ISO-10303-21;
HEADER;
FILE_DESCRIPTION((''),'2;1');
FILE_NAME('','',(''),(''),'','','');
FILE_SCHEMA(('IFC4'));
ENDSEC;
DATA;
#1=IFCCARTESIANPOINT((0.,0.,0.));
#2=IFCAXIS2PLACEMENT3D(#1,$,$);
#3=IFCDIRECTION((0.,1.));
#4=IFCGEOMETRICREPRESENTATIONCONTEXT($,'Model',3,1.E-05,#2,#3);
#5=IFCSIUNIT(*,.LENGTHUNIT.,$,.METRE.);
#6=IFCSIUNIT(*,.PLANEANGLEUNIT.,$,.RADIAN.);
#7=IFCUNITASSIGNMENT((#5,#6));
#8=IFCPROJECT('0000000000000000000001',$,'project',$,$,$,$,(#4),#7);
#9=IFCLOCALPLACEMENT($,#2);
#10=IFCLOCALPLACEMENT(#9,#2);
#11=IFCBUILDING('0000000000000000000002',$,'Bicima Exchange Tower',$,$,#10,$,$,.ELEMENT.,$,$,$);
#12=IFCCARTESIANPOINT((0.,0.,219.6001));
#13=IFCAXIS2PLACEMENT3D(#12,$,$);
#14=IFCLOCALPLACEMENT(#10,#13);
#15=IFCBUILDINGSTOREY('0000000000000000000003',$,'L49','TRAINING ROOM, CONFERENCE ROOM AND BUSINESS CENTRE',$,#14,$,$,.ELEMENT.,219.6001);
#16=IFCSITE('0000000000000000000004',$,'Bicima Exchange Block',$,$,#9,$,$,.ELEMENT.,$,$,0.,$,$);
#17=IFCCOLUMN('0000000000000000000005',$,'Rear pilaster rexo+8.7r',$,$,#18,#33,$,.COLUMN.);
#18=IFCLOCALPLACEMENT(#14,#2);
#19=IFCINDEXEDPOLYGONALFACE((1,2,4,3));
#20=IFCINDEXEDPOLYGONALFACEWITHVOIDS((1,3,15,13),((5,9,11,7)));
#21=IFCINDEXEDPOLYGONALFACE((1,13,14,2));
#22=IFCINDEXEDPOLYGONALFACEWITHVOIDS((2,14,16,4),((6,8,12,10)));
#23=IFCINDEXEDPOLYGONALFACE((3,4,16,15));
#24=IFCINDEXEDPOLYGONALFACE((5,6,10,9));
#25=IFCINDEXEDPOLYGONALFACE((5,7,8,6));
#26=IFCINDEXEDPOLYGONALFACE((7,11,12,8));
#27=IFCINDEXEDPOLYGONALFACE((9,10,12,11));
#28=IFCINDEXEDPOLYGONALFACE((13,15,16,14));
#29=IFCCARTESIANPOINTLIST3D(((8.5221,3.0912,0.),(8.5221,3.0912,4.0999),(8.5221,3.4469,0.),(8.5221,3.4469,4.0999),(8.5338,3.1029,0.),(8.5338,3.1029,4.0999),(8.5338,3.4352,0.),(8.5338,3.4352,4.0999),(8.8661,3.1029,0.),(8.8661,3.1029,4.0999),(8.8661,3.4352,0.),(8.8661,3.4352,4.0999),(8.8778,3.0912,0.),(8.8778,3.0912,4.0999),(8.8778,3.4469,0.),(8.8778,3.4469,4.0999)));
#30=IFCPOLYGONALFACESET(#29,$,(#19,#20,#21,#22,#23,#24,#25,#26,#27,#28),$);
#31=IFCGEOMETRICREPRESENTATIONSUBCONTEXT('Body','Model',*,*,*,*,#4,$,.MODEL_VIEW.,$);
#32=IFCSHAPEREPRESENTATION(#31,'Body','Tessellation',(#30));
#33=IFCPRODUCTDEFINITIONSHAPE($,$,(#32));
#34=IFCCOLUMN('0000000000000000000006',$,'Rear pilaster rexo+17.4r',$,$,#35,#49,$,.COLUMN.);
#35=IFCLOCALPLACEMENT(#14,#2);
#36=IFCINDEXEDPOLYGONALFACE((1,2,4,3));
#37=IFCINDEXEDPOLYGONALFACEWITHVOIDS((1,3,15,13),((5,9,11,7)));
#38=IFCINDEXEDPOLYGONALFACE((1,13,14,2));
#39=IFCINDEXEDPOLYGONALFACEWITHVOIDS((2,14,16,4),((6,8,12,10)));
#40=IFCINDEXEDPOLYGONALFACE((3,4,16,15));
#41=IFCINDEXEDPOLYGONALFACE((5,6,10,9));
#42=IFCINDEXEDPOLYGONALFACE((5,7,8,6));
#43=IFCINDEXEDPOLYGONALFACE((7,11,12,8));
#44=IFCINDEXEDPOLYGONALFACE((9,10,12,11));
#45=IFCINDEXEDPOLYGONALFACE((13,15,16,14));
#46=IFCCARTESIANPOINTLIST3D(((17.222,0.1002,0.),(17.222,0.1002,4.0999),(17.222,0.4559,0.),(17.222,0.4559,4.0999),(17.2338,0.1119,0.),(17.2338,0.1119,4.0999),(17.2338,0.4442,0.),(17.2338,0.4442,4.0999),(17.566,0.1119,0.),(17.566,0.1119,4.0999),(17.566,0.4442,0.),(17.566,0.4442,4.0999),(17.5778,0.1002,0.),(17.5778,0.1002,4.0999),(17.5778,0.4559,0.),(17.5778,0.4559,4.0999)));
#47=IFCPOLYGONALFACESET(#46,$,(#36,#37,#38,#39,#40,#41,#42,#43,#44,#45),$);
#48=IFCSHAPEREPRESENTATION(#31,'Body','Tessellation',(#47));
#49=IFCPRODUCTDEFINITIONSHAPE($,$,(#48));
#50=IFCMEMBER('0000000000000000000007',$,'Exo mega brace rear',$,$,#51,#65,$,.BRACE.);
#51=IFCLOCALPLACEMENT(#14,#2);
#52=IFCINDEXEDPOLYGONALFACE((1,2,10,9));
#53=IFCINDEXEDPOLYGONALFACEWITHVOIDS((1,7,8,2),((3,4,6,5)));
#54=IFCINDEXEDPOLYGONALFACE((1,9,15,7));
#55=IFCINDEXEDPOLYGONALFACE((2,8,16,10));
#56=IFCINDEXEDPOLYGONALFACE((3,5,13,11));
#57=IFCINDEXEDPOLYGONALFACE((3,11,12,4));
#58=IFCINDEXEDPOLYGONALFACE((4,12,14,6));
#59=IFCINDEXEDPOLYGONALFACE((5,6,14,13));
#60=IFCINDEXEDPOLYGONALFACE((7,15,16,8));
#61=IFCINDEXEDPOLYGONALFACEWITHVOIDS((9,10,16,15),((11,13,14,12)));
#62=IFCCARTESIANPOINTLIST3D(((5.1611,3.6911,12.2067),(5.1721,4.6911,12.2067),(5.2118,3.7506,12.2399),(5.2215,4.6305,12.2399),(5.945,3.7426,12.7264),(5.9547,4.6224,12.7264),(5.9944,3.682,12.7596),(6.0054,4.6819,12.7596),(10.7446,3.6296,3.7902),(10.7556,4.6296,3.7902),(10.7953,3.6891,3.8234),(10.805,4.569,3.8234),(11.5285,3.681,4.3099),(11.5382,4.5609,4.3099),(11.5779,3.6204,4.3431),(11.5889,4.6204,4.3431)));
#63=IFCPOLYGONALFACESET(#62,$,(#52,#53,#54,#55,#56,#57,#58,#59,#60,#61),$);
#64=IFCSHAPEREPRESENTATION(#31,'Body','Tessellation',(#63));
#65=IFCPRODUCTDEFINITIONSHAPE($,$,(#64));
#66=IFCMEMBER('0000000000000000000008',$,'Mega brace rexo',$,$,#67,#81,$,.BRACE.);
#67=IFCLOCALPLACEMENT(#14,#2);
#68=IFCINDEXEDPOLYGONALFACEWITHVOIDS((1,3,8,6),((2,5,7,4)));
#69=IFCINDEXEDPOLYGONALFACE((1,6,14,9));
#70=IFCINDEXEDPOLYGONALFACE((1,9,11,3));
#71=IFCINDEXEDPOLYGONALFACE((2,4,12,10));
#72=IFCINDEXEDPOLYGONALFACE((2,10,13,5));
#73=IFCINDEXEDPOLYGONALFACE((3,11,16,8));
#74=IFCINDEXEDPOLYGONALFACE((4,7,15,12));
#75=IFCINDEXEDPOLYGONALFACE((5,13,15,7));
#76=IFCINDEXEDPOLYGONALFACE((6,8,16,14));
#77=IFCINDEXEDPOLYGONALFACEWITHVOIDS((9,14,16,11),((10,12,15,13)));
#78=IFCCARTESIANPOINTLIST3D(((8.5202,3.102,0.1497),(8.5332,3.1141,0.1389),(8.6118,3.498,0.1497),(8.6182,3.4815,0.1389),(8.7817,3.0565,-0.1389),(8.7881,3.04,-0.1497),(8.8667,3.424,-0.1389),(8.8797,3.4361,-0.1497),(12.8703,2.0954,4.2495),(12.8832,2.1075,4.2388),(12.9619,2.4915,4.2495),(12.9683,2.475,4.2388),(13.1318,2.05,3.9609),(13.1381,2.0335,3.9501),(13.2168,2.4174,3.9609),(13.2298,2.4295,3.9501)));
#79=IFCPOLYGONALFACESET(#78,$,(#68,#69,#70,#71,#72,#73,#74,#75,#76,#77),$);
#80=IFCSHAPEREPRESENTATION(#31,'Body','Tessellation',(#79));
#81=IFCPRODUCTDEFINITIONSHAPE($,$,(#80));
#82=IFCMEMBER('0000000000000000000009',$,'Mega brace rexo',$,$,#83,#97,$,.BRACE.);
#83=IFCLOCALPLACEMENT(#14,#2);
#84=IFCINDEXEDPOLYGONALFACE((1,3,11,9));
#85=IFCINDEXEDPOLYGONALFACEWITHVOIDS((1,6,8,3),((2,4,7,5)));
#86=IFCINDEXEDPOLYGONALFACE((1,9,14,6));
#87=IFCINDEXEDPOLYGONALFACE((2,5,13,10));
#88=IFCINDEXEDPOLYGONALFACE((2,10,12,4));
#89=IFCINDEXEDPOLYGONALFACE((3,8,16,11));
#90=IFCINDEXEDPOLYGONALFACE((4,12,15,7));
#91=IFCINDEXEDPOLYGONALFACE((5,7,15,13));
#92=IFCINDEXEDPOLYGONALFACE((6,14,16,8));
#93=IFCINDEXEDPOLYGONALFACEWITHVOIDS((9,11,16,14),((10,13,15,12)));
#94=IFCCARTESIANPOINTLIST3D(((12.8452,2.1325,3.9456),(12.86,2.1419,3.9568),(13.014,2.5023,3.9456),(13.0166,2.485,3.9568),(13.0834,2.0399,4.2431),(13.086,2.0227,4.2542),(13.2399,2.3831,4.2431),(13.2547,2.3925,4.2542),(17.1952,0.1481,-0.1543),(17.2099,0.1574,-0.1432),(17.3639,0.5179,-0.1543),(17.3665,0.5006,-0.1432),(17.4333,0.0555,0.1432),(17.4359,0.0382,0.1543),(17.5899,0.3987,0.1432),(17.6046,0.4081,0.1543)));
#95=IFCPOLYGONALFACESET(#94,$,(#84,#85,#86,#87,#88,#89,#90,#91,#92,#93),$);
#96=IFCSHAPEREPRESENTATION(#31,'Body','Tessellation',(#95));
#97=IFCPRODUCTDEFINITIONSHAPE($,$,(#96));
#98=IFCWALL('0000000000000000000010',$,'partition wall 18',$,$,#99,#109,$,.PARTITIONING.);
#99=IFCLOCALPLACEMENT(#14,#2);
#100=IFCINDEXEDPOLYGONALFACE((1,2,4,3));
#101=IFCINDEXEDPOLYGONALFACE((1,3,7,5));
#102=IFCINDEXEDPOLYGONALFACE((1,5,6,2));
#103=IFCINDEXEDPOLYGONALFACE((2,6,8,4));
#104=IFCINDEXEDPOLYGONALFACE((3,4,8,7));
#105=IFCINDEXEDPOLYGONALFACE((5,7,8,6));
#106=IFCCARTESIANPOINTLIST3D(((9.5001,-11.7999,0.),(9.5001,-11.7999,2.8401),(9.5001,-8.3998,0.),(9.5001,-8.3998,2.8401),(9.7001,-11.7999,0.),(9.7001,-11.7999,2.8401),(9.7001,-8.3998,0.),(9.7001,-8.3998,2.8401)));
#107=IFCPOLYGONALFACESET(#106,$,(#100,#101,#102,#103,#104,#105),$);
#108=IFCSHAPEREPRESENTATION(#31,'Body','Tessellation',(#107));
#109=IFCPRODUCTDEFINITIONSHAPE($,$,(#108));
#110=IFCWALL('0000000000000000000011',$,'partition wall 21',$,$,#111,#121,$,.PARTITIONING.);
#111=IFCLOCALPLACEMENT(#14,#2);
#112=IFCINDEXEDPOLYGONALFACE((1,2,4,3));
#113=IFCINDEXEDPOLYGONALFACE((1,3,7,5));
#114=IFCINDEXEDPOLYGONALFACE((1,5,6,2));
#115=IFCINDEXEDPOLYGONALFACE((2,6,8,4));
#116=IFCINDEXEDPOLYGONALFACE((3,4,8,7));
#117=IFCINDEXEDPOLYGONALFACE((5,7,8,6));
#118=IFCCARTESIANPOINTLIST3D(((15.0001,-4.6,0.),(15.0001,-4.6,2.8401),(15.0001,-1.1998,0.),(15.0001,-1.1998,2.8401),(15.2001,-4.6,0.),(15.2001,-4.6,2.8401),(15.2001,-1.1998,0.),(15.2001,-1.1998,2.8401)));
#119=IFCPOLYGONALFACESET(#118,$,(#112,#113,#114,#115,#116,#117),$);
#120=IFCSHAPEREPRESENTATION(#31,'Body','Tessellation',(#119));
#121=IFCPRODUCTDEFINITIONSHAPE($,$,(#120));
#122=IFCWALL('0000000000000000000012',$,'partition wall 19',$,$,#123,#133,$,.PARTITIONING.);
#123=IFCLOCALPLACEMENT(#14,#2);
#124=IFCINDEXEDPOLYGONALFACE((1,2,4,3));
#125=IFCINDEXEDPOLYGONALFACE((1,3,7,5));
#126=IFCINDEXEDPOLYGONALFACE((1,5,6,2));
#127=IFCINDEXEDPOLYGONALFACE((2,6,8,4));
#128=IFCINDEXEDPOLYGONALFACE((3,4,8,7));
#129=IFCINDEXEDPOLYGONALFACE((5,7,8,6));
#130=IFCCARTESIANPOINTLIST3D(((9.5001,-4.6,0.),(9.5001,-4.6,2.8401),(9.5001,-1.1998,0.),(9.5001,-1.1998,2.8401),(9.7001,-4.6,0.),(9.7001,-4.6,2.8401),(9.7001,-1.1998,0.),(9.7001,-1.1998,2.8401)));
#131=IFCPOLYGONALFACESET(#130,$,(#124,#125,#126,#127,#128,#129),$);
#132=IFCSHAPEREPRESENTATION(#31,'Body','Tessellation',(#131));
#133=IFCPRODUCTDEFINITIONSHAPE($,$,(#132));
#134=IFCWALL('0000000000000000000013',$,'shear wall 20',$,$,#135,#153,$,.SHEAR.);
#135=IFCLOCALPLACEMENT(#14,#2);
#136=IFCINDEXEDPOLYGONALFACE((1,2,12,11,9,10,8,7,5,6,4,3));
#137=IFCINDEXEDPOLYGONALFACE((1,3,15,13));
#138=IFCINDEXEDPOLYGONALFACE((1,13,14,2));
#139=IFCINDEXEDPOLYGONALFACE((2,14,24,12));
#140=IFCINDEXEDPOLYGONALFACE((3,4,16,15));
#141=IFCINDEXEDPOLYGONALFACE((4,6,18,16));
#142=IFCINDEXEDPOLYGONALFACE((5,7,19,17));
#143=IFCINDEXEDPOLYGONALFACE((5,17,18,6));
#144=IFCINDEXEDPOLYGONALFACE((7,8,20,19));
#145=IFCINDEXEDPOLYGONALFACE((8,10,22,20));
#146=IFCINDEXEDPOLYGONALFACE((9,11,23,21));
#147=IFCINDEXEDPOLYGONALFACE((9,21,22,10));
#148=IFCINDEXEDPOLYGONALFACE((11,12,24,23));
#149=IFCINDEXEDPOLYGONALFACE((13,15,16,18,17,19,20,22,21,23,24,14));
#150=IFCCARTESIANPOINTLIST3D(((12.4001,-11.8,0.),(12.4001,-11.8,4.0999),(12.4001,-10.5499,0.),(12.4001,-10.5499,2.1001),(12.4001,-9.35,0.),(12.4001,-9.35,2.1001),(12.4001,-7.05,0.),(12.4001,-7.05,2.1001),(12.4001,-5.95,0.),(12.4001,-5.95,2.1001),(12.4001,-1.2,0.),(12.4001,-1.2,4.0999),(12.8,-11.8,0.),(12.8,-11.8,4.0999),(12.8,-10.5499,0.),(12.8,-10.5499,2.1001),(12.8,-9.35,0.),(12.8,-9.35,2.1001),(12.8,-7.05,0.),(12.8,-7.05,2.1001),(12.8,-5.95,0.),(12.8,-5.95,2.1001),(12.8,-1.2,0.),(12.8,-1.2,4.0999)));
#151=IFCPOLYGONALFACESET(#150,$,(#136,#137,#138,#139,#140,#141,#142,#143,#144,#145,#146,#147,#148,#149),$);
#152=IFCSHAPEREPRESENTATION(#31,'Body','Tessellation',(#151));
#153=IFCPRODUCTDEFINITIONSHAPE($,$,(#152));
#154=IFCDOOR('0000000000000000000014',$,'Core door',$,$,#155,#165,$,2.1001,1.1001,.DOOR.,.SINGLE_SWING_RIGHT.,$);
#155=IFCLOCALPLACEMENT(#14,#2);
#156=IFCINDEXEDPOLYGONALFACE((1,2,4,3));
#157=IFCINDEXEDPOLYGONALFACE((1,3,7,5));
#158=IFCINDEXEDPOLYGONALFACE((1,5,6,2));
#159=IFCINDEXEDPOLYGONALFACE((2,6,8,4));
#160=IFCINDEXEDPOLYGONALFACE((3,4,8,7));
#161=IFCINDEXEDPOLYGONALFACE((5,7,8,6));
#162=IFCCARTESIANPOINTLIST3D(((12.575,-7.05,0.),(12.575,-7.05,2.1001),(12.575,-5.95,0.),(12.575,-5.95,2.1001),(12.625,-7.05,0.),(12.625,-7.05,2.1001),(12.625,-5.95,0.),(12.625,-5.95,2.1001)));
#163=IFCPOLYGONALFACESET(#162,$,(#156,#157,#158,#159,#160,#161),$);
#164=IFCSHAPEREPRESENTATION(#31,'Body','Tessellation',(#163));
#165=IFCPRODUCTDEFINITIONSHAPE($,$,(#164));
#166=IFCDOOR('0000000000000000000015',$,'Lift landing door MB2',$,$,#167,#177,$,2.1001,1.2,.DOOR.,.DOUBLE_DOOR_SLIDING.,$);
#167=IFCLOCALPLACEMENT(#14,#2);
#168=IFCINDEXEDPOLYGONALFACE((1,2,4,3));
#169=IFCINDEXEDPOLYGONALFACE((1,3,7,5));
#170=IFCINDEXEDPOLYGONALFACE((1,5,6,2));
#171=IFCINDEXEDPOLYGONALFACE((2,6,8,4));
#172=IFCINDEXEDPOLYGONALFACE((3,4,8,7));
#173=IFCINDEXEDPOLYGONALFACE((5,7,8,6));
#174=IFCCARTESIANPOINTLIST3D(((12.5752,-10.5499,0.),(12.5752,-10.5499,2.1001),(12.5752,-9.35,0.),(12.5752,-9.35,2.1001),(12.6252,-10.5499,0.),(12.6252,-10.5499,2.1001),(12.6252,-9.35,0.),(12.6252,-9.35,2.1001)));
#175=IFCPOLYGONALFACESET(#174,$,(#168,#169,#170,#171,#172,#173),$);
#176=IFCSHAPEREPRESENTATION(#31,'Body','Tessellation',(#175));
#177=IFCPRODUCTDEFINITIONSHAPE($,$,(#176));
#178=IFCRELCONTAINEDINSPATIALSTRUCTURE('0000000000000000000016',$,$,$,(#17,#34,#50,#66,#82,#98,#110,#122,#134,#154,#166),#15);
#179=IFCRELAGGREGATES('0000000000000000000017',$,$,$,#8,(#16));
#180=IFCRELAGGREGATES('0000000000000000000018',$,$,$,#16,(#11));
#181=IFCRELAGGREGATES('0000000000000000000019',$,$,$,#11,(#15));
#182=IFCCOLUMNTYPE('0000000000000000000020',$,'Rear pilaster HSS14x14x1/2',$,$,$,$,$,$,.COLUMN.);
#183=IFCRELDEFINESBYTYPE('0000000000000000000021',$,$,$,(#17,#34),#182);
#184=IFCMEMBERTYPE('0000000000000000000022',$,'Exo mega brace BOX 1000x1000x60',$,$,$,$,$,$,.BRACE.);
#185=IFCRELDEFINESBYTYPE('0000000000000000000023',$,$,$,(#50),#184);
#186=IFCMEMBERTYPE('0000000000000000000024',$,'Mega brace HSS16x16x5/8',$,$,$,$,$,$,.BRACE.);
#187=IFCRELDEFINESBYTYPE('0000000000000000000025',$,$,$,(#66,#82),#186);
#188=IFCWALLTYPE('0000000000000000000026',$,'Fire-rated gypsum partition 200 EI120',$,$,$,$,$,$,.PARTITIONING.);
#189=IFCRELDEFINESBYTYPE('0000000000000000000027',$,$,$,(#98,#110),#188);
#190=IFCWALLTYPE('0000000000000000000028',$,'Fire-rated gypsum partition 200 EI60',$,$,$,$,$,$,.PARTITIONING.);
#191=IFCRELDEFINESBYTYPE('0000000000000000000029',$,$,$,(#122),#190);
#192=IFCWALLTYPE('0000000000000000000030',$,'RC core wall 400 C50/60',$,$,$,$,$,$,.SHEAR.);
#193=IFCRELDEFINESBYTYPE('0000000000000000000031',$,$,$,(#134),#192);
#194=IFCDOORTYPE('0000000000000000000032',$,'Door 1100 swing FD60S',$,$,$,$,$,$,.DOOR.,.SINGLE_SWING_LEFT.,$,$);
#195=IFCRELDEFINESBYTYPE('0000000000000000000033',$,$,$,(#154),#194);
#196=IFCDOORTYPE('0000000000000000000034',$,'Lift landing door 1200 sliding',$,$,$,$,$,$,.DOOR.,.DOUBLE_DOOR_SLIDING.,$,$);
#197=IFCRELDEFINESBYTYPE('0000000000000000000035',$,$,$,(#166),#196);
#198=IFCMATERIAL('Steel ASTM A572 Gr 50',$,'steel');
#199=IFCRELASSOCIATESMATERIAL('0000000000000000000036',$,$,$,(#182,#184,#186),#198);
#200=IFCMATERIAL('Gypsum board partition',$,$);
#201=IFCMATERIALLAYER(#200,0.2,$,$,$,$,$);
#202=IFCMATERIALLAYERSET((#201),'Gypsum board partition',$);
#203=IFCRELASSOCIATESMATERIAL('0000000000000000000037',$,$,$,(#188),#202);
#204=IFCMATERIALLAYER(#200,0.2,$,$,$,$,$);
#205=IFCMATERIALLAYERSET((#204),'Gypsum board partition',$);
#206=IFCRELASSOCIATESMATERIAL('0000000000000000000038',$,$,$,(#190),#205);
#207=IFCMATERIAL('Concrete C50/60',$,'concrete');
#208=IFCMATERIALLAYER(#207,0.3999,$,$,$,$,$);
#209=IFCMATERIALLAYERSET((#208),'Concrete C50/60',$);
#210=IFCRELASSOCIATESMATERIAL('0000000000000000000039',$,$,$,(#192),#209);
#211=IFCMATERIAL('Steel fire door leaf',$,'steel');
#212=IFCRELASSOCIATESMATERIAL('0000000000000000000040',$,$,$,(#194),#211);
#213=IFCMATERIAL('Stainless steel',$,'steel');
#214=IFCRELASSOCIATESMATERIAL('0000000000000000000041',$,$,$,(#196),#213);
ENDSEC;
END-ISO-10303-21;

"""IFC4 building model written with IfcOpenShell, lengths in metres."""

from ifc_helpers import new_model, si_unit, direction, frame, frame_2d, origin, origin_2d, place, context, subcontext, project, spatial, rectangle, hollow_rectangle, extrude, material, layer, layer_set, material_profile, profile_set, type_object, element, fill, save


model = new_model("IFC4")

# Units and contexts
model_context = context("Model", 3, precision=1e-05, world=origin(), true_north=direction((0.0, 1.0)))
body_context = subcontext(model_context, "Body", "Model", "MODEL_VIEW")
ifc_project = project(units=[si_unit("LENGTHUNIT", "METRE"), si_unit("PLANEANGLEUNIT", "RADIAN")], contexts=[model_context])

# Site, building, storey
site_placement = place(None, origin())
site = spatial("IfcSite", under=ifc_project, at=site_placement, Name="Bicima Exchange Block", CompositionType="ELEMENT", RefElevation=0.0)
building_placement = place(site_placement, origin())
building = spatial("IfcBuilding", under=site, at=building_placement, Name="Bicima Exchange Tower", CompositionType="ELEMENT")
storey_placement = place(building_placement, frame((0.0, 0.0, 219.6001)))
storey = spatial("IfcBuildingStorey", under=building, at=storey_placement, Name="L49", Description="TRAINING ROOM, CONFERENCE ROOM AND BUSINESS CENTRE", CompositionType="ELEMENT", Elevation=219.6001)

# Columns
ifc_material_1 = material(Name="Steel ASTM A572 Gr 50", Category="steel")
ifc_material_profile_1 = material_profile(ifc_material_1, hollow_rectangle(XDim=0.3557, YDim=0.3557, WallThickness=0.0117, at=origin_2d()))
ifc_profile_set_1 = profile_set([ifc_material_profile_1], Name="Steel ASTM A572 Gr 50")
column_type = type_object("IfcColumnType", Name="Rear pilaster HSS14x14x1/2", PredefinedType="COLUMN", material=ifc_profile_set_1)
for number, where, z_axis, x_axis, name in (
    (1, (8.7, 3.269, 0.0), (0.0, 0.0, 1.0), (1.0, 0.0, 0.0), "Rear pilaster rexo+8.7r"),
    (2, (17.3999, 0.2781, 0.0), (0.0, 0.0, 1.0), (1.0, 0.0, 0.0), "Rear pilaster rexo+17.4r"),
):
    element("IfcColumn", number, at=place(storey_placement, frame(where, z_axis=z_axis, x_axis=x_axis)), inside=storey, type_object=column_type, Name=name, PredefinedType="COLUMN", context=body_context, shape_type="SweptSolid", body=[
        extrude(hollow_rectangle(XDim=0.3557, YDim=0.3557, WallThickness=0.0117, at=origin_2d()), origin(), (0.0, 0.0, 1.0), 4.0999),
    ])

# Members
ifc_material_profile_2 = material_profile(ifc_material_1, hollow_rectangle(XDim=1.0, YDim=1.0, WallThickness=0.0601, at=origin_2d()))
ifc_profile_set_2 = profile_set([ifc_material_profile_2], Name="Steel ASTM A572 Gr 50")
member_type_1 = type_object("IfcMemberType", Name="Exo mega brace BOX 1000x1000x60", PredefinedType="BRACE", material=ifc_profile_set_2)
member_1_placement = place(storey_placement, frame((11.1667, 4.125, 4.0667), z_axis=(-0.552803, 0.006091, 0.83329), x_axis=(-0.011018, -0.999939, 0.0)))
element("IfcMember", 3, at=member_1_placement, inside=storey, type_object=member_type_1, Name="Exo mega brace rear", PredefinedType="BRACE", context=body_context, shape_type="SweptSolid", body=[
    extrude(hollow_rectangle(XDim=1.0, YDim=1.0, WallThickness=0.0601, at=origin_2d()), origin(), (0.0, 0.0, 1.0), 10.1003),
])
ifc_material_profile_3 = material_profile(ifc_material_1, hollow_rectangle(XDim=0.4065, YDim=0.4065, WallThickness=0.0146, at=origin_2d()))
ifc_profile_set_3 = profile_set([ifc_material_profile_3], Name="Steel ASTM A572 Gr 50")
member_type_2 = type_object("IfcMemberType", Name="Mega brace HSS16x16x5/8", PredefinedType="BRACE", material=ifc_profile_set_3)
member_2_placement = place(storey_placement, frame((8.7, 3.269, 0.0), z_axis=(0.717625, -0.166055, 0.676343), x_axis=(0.225439, 0.974257, 0.0)))
element("IfcMember", 4, at=member_2_placement, inside=storey, type_object=member_type_2, Name="Mega brace rexo", PredefinedType="BRACE", context=body_context, shape_type="SweptSolid", body=[
    extrude(hollow_rectangle(XDim=0.4065, YDim=0.4065, WallThickness=0.0146, at=origin_2d()), origin(), (0.0, 0.0, 1.0), 6.0618),
])
member_3_placement = place(storey_placement, frame((17.3999, 0.2781, 0.0), z_axis=(-0.690646, 0.315068, 0.650953), x_axis=(-0.415045, -0.909801, 0.0)))
element("IfcMember", 5, at=member_3_placement, inside=storey, type_object=member_type_2, Name="Mega brace rexo", PredefinedType="BRACE", context=body_context, shape_type="SweptSolid", body=[
    extrude(hollow_rectangle(XDim=0.4065, YDim=0.4065, WallThickness=0.0146, at=origin_2d()), origin(), (0.0, 0.0, 1.0), 6.2983),
])

# Walls
ifc_material_2 = material(Name="Gypsum board partition")
ifc_layer_1 = layer(ifc_material_2, 0.2)
ifc_layer_set_1 = layer_set([ifc_layer_1], Name="Gypsum board partition")
wall_type_1 = type_object("IfcWallType", Name="Fire-rated gypsum partition 200 EI120", PredefinedType="PARTITIONING", material=ifc_layer_set_1)
for number, where, z_axis, x_axis, name in (
    (6, (9.6001, -11.8, 0.0), (0.0, 0.0, 1.0), (0.0, 1.0, 0.0), "partition wall 18"),
    (7, (15.1001, -4.6001, 0.0), (0.0, 0.0, 1.0), (0.0, 1.0, 0.0), "partition wall 21"),
):
    element("IfcWall", number, at=place(storey_placement, frame(where, z_axis=z_axis, x_axis=x_axis)), inside=storey, type_object=wall_type_1, Name=name, PredefinedType="PARTITIONING", context=body_context, shape_type="SweptSolid", body=[
        extrude(rectangle(XDim=3.4001, YDim=0.2, at=frame_2d((1.7002, 0.0))), origin(), (0.0, 0.0, 1.0), 2.8401),
    ])
ifc_layer_2 = layer(ifc_material_2, 0.2)
ifc_layer_set_2 = layer_set([ifc_layer_2], Name="Gypsum board partition")
wall_type_2 = type_object("IfcWallType", Name="Fire-rated gypsum partition 200 EI60", PredefinedType="PARTITIONING", material=ifc_layer_set_2)
wall_1_placement = place(storey_placement, frame((9.6001, -4.6001, 0.0), z_axis=(0.0, 0.0, 1.0), x_axis=(0.0, 1.0, 0.0)))
element("IfcWall", 8, at=wall_1_placement, inside=storey, type_object=wall_type_2, Name="partition wall 19", PredefinedType="PARTITIONING", context=body_context, shape_type="SweptSolid", body=[
    extrude(rectangle(XDim=3.4001, YDim=0.2, at=frame_2d((1.7002, 0.0))), origin(), (0.0, 0.0, 1.0), 2.8401),
])

# Wall, openings, doors
ifc_material_3 = material(Name="Concrete C50/60", Category="concrete")
ifc_layer_3 = layer(ifc_material_3, 0.3999)
ifc_layer_set_3 = layer_set([ifc_layer_3], Name="Concrete C50/60")
wall_type_3 = type_object("IfcWallType", Name="RC core wall 400 C50/60", PredefinedType="SHEAR", material=ifc_layer_set_3)
wall_2_placement = place(storey_placement, frame((12.6001, -11.8, 0.0), z_axis=(0.0, 0.0, 1.0), x_axis=(0.0, 1.0, 0.0)))
wall_2 = element("IfcWall", 9, at=wall_2_placement, inside=storey, type_object=wall_type_3, Name="shear wall 20", PredefinedType="SHEAR", context=body_context, shape_type="SweptSolid", body=[
    extrude(rectangle(XDim=10.6001, YDim=0.3999, at=frame_2d((5.3, 0.0))), origin(), (0.0, 0.0, 1.0), 4.0999),
])
opening_1_placement = place(wall_2_placement, frame((1.25, 0.0, 0.0)))
opening_1 = element("IfcOpeningElement", 10, at=opening_1_placement, cuts=wall_2, PredefinedType="OPENING", context=body_context, shape_type="SweptSolid", body=[
    extrude(rectangle(XDim=1.2, YDim=2.1001, at=frame_2d((0.6001, 1.05))), frame((0.0, 0.2119, 0.0), z_axis=(0.0, -1.0, 0.0), x_axis=(1.0, 0.0, 0.0)), (0.0, 0.0, 1.0), 0.4238),
])
opening_2_placement = place(wall_2_placement, frame((4.75, 0.0, 0.0)))
opening_2 = element("IfcOpeningElement", 11, at=opening_2_placement, cuts=wall_2, PredefinedType="OPENING", context=body_context, shape_type="SweptSolid", body=[
    extrude(rectangle(XDim=1.1001, YDim=2.1001, at=frame_2d((0.55, 1.05))), frame((0.0, 0.2119, 0.0), z_axis=(0.0, -1.0, 0.0), x_axis=(1.0, 0.0, 0.0)), (0.0, 0.0, 1.0), 0.4238),
])
ifc_material_4 = material(Name="Steel fire door leaf", Category="steel")
door_type_1 = type_object("IfcDoorType", Name="Door 1100 swing FD60S", OperationType="SINGLE_SWING_LEFT", PredefinedType="DOOR", material=ifc_material_4)
door_1_placement = place(opening_2_placement, frame((1.1001, 0.0, 0.0), z_axis=(0.0, 0.0, 1.0), x_axis=(-1.0, 0.0, 0.0)))
door_1 = element("IfcDoor", 12, at=door_1_placement, inside=storey, type_object=door_type_1, Name="Core door", OperationType="SINGLE_SWING_RIGHT", OverallHeight=2.1001, OverallWidth=1.1001, PredefinedType="DOOR", context=body_context, shape_type="SweptSolid", body=[
    extrude(rectangle(XDim=1.1001, YDim=2.1001, at=frame_2d((0.55, 1.05))), frame((0.0, 0.0249, 0.0), z_axis=(0.0, -1.0, 0.0), x_axis=(1.0, 0.0, 0.0)), (0.0, 0.0, 1.0), 0.05),
])
fill(opening_2, door_1)
ifc_material_5 = material(Name="Stainless steel", Category="steel")
door_type_2 = type_object("IfcDoorType", Name="Lift landing door 1200 sliding", OperationType="DOUBLE_DOOR_SLIDING", PredefinedType="DOOR", material=ifc_material_5)
door_2_placement = place(opening_1_placement, origin())
door_2 = element("IfcDoor", 13, at=door_2_placement, inside=storey, type_object=door_type_2, Name="Lift landing door MB2", OperationType="DOUBLE_DOOR_SLIDING", OverallHeight=2.1001, OverallWidth=1.2, PredefinedType="DOOR", context=body_context, shape_type="SweptSolid", body=[
    extrude(rectangle(XDim=1.2, YDim=2.1001, at=frame_2d((0.6001, 1.05))), frame((0.0, 0.0249, 0.0), z_axis=(0.0, -1.0, 0.0), x_axis=(1.0, 0.0, 0.0)), (0.0, 0.0, 1.0), 0.05),
])
fill(opening_1, door_2)

save(model, "model.ifc")
